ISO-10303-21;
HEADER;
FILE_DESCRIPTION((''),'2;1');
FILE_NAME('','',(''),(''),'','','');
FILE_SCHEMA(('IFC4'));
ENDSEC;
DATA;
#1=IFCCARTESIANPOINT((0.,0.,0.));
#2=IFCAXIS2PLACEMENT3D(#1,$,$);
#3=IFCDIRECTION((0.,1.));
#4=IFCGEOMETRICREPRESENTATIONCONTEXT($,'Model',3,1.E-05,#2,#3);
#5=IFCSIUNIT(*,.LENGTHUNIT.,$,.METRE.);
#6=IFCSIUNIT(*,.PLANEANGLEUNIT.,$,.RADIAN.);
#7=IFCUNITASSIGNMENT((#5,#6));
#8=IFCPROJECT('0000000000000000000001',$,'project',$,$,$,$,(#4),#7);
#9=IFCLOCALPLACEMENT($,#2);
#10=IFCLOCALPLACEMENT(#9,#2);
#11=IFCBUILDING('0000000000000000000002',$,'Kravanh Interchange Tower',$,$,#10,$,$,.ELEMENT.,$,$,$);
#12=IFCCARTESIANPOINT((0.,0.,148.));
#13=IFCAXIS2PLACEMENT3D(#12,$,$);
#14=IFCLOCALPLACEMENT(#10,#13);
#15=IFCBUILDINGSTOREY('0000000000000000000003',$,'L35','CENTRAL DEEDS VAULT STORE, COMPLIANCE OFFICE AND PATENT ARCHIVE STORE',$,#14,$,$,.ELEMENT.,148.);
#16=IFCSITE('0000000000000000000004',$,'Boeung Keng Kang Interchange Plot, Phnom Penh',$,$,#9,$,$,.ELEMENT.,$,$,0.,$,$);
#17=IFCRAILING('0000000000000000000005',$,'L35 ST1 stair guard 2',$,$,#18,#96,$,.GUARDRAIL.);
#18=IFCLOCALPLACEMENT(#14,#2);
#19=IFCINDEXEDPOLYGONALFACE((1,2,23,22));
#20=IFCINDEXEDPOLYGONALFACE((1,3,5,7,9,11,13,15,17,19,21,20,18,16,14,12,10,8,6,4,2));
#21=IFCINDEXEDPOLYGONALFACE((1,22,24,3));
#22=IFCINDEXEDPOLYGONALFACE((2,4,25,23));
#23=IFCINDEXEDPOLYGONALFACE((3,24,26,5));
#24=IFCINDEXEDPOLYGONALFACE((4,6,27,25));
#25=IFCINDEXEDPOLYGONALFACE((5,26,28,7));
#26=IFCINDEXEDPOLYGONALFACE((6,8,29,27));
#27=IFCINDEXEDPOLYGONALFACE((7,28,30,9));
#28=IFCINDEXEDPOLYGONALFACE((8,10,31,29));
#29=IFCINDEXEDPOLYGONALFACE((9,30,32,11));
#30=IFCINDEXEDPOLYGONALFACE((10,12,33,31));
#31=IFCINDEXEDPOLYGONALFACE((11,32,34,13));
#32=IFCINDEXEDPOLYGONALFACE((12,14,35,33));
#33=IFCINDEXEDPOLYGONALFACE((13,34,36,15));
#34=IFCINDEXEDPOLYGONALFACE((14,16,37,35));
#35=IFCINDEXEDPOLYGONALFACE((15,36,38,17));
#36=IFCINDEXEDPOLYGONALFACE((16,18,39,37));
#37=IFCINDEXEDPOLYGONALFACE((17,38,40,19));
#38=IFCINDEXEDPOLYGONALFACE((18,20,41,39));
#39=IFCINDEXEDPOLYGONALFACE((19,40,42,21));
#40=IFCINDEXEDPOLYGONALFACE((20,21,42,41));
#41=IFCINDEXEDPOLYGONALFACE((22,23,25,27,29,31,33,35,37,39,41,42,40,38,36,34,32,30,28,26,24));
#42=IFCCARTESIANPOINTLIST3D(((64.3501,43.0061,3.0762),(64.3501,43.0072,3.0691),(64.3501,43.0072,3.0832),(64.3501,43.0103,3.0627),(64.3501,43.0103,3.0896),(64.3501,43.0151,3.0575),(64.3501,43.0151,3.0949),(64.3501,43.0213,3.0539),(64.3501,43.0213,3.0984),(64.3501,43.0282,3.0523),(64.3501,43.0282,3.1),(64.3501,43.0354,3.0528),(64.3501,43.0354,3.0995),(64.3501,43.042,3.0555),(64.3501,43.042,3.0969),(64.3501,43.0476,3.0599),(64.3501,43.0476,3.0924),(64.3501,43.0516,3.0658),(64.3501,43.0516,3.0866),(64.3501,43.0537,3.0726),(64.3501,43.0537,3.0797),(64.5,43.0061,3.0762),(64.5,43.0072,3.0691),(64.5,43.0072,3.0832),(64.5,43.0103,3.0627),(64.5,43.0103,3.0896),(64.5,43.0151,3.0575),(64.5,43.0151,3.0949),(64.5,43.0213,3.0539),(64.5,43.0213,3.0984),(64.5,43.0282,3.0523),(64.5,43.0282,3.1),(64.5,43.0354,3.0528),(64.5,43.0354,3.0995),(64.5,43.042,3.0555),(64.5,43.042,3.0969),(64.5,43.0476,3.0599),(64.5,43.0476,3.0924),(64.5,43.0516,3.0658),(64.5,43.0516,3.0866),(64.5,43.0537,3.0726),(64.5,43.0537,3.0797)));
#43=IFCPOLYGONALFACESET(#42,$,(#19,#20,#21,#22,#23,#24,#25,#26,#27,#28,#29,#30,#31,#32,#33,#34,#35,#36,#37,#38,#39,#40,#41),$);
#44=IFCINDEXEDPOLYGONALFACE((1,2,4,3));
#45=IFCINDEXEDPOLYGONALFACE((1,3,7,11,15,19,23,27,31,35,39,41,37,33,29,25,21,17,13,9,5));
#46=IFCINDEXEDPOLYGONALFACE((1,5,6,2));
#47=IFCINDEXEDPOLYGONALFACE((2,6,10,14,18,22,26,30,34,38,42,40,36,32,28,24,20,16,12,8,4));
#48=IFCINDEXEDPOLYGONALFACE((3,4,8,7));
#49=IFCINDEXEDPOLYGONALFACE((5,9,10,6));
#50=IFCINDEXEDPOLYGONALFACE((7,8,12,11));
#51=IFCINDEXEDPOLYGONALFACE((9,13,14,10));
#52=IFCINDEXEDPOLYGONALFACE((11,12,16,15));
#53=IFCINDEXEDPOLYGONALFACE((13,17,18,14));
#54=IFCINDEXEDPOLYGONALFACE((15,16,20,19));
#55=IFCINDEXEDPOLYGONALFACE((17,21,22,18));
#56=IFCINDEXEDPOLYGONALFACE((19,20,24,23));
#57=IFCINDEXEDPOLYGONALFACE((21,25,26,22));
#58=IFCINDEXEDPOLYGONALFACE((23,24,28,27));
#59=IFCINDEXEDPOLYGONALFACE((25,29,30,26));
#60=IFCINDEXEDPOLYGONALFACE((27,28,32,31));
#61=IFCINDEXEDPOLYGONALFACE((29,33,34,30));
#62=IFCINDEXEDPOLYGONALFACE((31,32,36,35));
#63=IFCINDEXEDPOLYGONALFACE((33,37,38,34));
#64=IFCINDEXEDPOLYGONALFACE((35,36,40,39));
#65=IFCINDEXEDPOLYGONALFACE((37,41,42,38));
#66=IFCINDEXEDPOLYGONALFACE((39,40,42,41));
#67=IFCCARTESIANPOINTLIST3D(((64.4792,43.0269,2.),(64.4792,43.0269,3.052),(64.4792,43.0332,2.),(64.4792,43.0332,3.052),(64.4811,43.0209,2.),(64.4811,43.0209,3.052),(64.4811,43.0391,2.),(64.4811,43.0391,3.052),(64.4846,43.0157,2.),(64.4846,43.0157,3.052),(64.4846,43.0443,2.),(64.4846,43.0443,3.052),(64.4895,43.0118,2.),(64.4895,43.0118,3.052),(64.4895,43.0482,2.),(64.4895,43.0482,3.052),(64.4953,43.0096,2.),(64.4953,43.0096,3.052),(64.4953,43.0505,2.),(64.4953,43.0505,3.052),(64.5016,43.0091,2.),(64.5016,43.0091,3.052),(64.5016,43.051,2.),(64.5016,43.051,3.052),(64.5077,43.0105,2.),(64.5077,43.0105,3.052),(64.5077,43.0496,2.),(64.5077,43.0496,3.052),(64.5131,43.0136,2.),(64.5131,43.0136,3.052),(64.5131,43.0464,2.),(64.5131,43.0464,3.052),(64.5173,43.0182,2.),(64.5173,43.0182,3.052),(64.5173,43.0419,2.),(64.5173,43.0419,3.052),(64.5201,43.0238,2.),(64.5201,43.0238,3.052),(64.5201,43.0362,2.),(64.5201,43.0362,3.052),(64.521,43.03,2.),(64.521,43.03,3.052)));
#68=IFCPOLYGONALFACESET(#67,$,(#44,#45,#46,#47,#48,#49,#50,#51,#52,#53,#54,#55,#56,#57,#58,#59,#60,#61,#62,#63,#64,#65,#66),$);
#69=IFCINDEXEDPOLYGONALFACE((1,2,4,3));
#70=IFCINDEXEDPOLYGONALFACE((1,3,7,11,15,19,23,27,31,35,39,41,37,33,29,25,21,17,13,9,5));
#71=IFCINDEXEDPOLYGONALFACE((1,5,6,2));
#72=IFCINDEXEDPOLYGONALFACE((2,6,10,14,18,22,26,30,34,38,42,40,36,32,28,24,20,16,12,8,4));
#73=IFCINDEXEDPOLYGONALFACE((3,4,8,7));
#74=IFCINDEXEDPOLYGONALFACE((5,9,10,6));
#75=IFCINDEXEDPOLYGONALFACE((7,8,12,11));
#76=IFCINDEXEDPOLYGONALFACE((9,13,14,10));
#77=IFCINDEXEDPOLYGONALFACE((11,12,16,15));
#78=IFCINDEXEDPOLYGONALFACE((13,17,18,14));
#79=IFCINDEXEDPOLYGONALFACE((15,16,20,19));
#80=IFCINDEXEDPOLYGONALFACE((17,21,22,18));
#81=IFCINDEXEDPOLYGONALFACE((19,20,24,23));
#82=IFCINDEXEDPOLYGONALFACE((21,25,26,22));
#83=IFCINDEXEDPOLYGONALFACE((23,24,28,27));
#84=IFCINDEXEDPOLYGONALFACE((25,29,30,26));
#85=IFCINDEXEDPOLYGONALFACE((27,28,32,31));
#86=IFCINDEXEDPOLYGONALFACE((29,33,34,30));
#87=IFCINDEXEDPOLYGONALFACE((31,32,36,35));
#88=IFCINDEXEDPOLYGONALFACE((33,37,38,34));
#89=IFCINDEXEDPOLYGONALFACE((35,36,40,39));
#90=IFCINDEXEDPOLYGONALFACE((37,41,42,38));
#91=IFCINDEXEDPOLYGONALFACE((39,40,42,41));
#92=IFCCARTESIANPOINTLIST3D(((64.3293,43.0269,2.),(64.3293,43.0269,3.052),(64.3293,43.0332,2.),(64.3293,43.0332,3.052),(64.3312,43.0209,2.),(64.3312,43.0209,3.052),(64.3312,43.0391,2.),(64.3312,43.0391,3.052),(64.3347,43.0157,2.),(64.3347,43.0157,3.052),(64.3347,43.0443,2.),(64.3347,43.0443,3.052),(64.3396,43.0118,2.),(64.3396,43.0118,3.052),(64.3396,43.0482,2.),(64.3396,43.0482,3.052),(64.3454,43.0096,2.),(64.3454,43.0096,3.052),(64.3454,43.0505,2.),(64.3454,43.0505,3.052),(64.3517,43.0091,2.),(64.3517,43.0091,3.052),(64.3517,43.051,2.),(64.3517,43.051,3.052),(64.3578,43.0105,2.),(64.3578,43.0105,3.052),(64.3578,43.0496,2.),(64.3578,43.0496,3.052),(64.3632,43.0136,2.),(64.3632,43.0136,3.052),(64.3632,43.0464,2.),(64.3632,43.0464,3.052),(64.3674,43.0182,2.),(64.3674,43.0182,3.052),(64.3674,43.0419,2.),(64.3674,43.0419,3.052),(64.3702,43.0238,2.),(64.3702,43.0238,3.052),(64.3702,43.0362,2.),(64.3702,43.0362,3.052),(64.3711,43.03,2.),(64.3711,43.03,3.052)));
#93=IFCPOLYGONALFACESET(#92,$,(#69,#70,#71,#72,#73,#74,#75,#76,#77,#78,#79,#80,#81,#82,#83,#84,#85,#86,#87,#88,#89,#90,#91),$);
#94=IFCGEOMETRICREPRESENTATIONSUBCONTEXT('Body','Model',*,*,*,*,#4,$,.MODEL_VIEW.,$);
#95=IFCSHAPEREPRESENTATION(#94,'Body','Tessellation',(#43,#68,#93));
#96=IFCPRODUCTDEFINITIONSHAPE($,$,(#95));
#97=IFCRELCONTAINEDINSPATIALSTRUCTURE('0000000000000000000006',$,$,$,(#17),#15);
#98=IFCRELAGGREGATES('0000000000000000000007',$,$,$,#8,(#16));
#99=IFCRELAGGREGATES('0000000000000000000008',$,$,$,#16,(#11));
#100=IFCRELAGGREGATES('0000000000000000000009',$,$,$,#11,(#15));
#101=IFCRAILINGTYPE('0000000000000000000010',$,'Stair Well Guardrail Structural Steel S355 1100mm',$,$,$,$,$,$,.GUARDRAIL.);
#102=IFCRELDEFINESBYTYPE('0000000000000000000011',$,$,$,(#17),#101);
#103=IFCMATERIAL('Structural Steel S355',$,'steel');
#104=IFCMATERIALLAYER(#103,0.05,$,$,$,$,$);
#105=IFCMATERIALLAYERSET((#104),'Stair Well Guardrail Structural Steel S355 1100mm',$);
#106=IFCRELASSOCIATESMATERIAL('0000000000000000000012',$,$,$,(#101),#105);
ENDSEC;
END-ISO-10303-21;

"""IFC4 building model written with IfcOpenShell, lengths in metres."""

from ifc_helpers import new_model, si_unit, direction, frame, origin, origin_2d, place, context, subcontext, project, spatial, circle, extrude, material, layer, layer_set, type_object, element, save


model = new_model("IFC4")

# Units and contexts
model_context = context("Model", 3, precision=1e-05, world=origin(), true_north=direction((0.0, 1.0)))
body_context = subcontext(model_context, "Body", "Model", "MODEL_VIEW")
ifc_project = project(units=[si_unit("LENGTHUNIT", "METRE"), si_unit("PLANEANGLEUNIT", "RADIAN")], contexts=[model_context])

# Site, building, storey
site_placement = place(None, origin())
site = spatial("IfcSite", under=ifc_project, at=site_placement, Name="Boeung Keng Kang Interchange Plot, Phnom Penh", CompositionType="ELEMENT", RefElevation=0.0)
building_placement = place(site_placement, origin())
building = spatial("IfcBuilding", under=site, at=building_placement, Name="Kravanh Interchange Tower", CompositionType="ELEMENT")
storey_placement = place(building_placement, frame((0.0, 0.0, 148.0)))
storey = spatial("IfcBuildingStorey", under=building, at=storey_placement, Name="L35", Description="CENTRAL DEEDS VAULT STORE, COMPLIANCE OFFICE AND PATENT ARCHIVE STORE", CompositionType="ELEMENT", Elevation=148.0)

# Railing
ifc_material_1 = material(Name="Structural Steel S355", Category="steel")
ifc_layer_1 = layer(ifc_material_1, 0.05)
ifc_layer_set_1 = layer_set([ifc_layer_1], Name="Stair Well Guardrail Structural Steel S355 1100mm")
railing_type_1 = type_object("IfcRailingType", Name="Stair Well Guardrail Structural Steel S355 1100mm", PredefinedType="GUARDRAIL", material=ifc_layer_set_1)
railing_1_placement = place(storey_placement, frame((64.5, 43.03, 2.0)))
element("IfcRailing", 1, at=railing_1_placement, inside=storey, type_object=railing_type_1, Name="L35 ST1 stair guard 2", PredefinedType="GUARDRAIL", context=body_context, shape_type="SweptSolid", body=[
    extrude(circle(Radius=0.0239, at=origin_2d()), frame((0.0, 0.0, 1.0762), z_axis=(-1.0, 0.0, 0.0), x_axis=(0.0, -1.0, 0.0)), (0.0, 0.0, 1.0), 0.1499),
    extrude(circle(Radius=0.021, at=origin_2d()), origin(), (0.0, 0.0, 1.0), 1.052),
    extrude(circle(Radius=0.021, at=origin_2d()), frame((-0.1499, 0.0, 0.0)), (0.0, 0.0, 1.0), 1.052),
])

save(model, "model.ifc")
